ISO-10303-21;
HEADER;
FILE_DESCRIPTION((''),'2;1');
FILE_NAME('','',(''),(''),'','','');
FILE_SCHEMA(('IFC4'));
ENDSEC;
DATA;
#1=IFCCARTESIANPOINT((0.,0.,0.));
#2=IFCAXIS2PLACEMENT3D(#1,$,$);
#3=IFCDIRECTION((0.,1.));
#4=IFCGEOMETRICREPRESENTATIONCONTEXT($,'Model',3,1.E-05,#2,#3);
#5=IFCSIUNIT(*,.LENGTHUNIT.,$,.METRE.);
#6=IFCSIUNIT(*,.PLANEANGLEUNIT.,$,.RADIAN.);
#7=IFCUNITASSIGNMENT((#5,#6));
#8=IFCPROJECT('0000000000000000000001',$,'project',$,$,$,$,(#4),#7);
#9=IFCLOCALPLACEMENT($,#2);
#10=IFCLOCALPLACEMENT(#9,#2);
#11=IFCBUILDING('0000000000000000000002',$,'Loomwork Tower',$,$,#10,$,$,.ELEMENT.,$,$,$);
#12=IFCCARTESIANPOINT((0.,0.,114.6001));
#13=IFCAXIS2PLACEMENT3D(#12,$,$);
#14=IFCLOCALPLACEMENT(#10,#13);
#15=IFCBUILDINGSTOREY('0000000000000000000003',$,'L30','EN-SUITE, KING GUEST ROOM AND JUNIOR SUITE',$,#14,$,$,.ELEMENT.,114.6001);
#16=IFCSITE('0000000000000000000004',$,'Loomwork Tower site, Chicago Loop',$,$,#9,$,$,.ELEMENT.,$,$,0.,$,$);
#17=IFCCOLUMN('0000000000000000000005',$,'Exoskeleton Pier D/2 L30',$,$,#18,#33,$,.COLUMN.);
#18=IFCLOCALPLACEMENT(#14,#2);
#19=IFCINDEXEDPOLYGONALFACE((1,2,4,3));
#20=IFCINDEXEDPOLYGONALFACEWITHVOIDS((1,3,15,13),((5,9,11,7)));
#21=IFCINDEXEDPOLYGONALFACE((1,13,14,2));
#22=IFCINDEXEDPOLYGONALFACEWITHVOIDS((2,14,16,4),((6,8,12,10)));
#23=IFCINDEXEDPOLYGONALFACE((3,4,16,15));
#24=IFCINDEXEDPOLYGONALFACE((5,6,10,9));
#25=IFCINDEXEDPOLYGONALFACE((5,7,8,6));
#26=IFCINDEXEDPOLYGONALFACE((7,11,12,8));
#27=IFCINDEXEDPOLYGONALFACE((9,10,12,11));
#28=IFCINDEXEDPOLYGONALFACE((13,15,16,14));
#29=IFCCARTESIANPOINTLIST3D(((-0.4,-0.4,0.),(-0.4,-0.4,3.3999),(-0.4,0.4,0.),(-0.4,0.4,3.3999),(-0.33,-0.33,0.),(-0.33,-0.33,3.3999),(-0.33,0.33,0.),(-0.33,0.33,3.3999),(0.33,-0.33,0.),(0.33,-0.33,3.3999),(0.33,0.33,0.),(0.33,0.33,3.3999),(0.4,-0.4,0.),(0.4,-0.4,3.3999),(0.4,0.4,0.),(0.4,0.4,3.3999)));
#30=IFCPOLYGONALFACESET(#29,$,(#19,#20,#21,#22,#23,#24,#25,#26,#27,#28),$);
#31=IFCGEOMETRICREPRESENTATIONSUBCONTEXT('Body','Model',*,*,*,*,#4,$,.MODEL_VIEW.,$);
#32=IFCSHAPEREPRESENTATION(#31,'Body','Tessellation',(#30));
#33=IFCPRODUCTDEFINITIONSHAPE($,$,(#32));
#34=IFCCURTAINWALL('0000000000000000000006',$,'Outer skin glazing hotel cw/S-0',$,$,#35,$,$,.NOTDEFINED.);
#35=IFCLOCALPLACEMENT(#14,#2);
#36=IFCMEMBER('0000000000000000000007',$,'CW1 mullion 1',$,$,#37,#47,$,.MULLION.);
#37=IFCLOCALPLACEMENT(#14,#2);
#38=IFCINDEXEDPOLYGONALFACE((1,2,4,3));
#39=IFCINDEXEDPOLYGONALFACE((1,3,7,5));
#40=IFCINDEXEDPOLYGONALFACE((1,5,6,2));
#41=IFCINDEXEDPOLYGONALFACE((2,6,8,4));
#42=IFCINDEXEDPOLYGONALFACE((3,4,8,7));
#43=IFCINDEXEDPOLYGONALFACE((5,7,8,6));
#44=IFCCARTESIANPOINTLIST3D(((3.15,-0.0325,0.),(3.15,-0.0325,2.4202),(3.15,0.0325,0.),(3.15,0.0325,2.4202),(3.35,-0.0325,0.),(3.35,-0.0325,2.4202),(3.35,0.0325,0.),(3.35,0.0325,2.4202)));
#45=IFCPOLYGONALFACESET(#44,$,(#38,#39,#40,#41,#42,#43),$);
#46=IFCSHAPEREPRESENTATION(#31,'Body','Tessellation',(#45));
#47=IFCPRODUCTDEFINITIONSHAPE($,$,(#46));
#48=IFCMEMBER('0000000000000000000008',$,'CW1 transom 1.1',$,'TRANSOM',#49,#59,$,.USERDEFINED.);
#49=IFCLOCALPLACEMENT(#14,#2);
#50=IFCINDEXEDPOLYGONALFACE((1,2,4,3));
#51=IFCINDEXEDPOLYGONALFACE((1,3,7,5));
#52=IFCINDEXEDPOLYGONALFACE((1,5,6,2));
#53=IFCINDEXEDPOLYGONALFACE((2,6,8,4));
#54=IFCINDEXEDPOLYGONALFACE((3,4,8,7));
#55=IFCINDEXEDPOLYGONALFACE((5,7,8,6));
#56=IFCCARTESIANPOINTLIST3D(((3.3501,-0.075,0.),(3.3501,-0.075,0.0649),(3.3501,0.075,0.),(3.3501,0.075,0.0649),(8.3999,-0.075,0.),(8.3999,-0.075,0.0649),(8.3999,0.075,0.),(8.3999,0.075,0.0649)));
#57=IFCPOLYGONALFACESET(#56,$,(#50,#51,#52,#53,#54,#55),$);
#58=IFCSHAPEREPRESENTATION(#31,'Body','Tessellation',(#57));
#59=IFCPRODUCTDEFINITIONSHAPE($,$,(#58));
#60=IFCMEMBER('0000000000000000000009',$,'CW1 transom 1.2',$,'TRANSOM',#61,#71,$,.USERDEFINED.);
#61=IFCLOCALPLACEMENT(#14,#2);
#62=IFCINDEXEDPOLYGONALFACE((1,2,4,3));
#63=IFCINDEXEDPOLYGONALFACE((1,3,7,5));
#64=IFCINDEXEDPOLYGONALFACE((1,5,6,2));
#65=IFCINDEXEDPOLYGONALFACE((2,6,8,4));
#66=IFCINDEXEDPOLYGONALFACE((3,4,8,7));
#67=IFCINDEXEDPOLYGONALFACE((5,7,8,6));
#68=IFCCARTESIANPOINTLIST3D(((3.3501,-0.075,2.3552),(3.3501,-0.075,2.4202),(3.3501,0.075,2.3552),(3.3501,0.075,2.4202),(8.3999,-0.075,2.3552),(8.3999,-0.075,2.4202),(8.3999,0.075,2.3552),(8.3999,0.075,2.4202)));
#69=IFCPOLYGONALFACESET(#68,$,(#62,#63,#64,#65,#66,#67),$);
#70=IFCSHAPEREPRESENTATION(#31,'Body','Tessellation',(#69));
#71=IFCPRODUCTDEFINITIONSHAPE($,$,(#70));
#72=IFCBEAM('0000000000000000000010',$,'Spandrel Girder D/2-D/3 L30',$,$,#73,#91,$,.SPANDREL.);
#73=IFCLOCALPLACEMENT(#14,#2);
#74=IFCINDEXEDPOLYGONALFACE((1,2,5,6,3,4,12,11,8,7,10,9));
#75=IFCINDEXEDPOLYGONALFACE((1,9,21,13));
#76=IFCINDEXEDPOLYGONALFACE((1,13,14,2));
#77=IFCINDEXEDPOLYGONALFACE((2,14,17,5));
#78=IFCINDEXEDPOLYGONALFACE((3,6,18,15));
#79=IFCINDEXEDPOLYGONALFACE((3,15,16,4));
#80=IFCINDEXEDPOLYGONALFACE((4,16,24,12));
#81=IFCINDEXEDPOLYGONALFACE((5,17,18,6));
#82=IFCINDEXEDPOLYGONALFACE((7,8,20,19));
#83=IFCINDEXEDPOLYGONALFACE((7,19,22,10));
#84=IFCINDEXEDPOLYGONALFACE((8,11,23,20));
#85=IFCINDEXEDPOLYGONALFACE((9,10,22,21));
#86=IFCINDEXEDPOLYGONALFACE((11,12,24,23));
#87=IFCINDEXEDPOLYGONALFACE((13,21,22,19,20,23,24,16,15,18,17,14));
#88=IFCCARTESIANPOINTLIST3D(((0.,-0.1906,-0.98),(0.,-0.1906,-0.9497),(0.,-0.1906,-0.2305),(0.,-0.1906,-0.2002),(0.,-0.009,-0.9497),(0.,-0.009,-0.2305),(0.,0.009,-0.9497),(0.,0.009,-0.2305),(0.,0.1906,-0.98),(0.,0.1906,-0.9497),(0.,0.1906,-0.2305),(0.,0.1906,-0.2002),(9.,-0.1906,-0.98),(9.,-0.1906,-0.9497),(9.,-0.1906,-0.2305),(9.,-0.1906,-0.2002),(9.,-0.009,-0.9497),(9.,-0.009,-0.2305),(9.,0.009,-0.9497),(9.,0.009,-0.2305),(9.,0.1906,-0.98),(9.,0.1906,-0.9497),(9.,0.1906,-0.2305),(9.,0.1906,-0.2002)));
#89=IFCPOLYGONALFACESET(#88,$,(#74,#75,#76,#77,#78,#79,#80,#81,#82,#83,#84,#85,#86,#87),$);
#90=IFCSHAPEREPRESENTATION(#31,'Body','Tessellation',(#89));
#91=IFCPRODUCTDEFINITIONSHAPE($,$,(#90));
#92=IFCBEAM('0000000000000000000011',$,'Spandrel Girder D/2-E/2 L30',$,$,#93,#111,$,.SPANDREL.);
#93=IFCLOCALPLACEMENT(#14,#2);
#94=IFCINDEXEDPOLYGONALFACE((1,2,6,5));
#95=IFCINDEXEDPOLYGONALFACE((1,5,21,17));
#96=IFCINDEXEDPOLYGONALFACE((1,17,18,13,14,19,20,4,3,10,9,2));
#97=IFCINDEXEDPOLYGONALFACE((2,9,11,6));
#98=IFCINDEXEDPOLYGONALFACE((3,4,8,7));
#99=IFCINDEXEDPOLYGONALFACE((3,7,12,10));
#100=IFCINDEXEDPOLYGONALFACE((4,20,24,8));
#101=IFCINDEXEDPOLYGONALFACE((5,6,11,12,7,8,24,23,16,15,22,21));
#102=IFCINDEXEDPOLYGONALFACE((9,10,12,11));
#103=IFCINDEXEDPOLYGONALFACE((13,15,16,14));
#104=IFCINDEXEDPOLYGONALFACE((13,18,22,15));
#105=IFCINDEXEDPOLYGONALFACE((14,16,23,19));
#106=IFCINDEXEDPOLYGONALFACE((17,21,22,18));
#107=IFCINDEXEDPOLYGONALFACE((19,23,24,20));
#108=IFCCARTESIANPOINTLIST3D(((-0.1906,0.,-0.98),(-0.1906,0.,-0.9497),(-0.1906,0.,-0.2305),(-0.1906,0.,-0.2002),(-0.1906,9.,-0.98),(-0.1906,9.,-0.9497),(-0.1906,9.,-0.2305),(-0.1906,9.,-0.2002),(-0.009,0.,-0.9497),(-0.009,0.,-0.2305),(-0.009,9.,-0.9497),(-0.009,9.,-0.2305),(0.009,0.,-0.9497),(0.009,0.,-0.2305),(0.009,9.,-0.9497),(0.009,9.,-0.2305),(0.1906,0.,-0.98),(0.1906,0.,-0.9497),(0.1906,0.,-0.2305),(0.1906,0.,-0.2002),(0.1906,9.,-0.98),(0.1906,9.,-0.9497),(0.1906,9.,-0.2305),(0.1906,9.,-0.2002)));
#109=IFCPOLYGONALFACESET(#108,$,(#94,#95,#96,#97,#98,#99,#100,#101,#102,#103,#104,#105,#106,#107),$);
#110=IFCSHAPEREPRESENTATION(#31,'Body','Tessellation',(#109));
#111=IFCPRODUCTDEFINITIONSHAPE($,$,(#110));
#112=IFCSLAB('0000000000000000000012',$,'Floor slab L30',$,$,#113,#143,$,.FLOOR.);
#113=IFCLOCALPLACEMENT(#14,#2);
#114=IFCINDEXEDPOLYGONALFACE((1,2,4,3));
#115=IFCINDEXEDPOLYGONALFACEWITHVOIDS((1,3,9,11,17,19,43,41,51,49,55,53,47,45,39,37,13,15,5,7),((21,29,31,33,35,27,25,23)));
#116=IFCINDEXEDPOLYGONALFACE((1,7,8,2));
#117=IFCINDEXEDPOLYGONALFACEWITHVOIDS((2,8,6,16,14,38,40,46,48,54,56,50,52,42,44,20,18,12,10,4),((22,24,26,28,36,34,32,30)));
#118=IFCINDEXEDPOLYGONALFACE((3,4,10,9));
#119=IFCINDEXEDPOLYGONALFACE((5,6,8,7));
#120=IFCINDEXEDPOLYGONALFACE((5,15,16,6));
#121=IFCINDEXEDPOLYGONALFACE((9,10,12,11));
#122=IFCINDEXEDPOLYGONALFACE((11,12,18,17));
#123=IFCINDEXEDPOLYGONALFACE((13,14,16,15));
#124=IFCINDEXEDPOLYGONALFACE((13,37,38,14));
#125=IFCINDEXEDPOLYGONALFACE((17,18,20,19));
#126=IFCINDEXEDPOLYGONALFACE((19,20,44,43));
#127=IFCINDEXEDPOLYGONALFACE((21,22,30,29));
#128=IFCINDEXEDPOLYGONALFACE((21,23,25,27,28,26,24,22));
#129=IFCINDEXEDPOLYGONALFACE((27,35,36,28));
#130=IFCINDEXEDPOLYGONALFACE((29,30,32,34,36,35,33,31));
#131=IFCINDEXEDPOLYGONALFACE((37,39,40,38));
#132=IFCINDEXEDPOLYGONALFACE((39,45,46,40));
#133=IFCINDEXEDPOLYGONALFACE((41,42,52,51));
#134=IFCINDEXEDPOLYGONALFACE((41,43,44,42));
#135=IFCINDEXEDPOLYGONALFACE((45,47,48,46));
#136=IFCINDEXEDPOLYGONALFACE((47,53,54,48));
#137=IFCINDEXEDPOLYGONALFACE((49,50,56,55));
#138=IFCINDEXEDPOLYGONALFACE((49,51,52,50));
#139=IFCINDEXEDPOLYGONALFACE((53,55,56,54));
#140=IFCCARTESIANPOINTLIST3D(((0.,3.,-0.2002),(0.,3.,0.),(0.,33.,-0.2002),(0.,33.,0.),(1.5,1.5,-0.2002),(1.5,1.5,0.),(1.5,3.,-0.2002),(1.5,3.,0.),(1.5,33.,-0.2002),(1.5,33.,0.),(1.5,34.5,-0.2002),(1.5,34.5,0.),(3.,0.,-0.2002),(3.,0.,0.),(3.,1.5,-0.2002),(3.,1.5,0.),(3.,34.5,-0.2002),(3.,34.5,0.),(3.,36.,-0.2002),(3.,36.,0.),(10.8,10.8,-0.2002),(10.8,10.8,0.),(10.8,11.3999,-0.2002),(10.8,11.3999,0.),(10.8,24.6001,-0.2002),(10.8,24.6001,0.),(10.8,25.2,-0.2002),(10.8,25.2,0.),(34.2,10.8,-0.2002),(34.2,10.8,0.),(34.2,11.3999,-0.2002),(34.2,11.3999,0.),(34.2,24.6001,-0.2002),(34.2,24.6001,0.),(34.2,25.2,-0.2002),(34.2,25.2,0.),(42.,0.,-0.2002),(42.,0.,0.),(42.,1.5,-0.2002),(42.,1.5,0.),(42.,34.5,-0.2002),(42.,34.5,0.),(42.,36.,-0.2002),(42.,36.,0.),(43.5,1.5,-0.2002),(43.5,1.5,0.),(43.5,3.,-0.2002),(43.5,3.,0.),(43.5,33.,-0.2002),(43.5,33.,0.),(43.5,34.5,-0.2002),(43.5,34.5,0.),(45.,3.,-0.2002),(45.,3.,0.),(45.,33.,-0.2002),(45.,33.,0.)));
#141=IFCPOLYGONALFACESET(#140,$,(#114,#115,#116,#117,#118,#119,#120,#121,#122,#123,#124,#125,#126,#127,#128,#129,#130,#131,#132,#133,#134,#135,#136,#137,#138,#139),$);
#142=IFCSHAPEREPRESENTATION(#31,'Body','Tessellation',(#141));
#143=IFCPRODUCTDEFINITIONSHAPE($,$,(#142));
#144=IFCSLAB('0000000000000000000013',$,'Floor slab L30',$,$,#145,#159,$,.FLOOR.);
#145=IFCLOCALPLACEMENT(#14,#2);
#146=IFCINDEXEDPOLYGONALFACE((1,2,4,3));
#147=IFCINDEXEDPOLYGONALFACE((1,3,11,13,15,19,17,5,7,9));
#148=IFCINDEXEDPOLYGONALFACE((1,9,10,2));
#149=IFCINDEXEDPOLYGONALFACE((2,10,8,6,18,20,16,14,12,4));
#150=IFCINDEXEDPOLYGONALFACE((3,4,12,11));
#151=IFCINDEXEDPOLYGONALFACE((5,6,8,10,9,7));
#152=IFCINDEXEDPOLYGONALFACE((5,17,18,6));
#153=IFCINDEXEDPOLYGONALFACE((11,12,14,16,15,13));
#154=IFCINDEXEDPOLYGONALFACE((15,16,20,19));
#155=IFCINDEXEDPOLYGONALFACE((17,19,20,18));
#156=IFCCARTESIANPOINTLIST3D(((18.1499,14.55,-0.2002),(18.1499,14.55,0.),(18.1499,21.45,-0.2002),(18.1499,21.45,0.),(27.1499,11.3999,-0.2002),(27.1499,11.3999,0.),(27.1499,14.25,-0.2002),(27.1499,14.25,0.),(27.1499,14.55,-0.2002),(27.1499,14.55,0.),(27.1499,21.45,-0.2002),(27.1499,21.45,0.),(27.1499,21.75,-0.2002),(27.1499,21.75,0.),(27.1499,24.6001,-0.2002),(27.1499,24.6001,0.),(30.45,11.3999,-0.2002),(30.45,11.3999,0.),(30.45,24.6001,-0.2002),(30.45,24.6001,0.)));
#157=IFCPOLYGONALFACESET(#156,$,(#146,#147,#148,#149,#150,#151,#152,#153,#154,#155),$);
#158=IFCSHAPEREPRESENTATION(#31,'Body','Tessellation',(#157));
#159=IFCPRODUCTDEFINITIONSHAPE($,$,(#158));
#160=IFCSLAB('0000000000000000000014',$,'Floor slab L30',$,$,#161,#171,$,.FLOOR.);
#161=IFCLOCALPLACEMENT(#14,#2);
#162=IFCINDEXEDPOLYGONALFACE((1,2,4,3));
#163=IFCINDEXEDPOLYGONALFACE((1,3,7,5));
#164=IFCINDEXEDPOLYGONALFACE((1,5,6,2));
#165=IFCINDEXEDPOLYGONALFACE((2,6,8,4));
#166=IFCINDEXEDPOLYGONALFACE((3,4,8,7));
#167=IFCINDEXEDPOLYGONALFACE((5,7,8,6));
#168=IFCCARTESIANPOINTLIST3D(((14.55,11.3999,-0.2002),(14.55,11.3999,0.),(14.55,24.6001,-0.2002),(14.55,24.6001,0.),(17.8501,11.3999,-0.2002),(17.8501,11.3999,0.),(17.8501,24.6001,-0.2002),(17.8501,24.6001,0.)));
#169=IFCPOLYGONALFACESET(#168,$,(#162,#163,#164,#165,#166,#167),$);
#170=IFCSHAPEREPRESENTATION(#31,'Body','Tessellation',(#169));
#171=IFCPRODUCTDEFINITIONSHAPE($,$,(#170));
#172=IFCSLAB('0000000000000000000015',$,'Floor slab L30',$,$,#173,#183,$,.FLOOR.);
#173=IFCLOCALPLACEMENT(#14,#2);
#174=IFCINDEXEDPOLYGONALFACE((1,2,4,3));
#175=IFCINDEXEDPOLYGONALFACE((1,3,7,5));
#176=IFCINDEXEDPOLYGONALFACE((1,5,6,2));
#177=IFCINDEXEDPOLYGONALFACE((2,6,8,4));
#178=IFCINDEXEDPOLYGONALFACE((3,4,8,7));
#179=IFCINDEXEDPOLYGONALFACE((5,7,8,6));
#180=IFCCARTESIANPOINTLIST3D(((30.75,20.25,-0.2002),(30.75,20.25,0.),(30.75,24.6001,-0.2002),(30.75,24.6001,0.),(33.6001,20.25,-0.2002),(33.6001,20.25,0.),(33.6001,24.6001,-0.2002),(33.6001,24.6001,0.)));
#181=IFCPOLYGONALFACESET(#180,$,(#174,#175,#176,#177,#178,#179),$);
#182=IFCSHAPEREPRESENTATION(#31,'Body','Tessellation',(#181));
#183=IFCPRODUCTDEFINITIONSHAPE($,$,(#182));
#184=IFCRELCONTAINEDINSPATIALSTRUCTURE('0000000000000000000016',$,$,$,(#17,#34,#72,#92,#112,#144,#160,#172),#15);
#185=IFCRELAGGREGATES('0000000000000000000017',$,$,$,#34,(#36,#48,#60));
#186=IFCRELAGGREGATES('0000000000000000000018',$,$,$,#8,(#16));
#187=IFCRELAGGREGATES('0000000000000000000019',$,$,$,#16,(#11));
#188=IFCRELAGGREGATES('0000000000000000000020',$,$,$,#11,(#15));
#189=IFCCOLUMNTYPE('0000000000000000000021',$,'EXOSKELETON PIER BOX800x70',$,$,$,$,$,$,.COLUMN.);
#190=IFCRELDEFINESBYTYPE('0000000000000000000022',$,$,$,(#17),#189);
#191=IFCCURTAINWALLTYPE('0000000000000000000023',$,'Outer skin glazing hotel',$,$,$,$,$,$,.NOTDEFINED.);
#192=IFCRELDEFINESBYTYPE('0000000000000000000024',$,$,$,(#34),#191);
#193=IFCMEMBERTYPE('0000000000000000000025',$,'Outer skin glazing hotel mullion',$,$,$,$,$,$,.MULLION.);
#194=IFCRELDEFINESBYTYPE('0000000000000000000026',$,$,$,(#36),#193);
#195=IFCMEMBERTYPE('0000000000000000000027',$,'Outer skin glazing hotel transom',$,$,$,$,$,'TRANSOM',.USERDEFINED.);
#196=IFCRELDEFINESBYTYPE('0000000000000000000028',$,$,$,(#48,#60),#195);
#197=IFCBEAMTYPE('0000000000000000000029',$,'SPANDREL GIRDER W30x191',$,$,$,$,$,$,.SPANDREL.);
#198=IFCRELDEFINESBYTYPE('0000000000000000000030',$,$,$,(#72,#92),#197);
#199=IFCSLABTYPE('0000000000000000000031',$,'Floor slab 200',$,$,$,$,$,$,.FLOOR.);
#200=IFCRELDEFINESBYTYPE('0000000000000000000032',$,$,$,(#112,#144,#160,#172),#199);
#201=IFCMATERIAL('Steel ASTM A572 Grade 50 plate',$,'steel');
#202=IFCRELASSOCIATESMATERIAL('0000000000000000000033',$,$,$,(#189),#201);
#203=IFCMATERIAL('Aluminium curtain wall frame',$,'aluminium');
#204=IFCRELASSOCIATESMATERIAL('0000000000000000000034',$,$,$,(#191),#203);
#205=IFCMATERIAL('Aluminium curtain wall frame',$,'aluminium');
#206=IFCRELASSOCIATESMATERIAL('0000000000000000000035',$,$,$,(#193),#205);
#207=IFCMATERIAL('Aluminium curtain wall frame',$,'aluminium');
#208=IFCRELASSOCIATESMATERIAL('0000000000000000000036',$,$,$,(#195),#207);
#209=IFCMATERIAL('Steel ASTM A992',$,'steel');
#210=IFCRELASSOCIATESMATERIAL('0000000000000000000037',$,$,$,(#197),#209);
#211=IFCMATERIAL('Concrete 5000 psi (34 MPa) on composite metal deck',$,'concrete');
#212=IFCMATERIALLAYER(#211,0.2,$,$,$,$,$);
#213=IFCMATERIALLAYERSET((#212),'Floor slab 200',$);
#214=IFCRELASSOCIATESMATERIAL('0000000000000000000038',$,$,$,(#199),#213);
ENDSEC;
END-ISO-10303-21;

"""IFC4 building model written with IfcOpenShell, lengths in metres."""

from ifc_helpers import new_model, si_unit, direction, frame, origin, origin_with_axes, origin_2d, place, context, subcontext, project, spatial, polyline, rectangle, hollow_rectangle, i_section, outline, extrude, material, layer, layer_set, material_profile, profile_set, type_object, element, aggregate, save


model = new_model("IFC4")

# Units and contexts
model_context = context("Model", 3, precision=1e-05, world=origin(), true_north=direction((0.0, 1.0)))
body_context = subcontext(model_context, "Body", "Model", "MODEL_VIEW")
ifc_project = project(units=[si_unit("LENGTHUNIT", "METRE"), si_unit("PLANEANGLEUNIT", "RADIAN")], contexts=[model_context])

# Site, building, storey
site_placement = place(None, origin())
site = spatial("IfcSite", under=ifc_project, at=site_placement, Name="Loomwork Tower site, Chicago Loop", CompositionType="ELEMENT", RefElevation=0.0)
building_placement = place(site_placement, origin())
building = spatial("IfcBuilding", under=site, at=building_placement, Name="Loomwork Tower", CompositionType="ELEMENT")
storey_placement = place(building_placement, frame((0.0, 0.0, 114.6001)))
storey = spatial("IfcBuildingStorey", under=building, at=storey_placement, Name="L30", Description="EN-SUITE, KING GUEST ROOM AND JUNIOR SUITE", CompositionType="ELEMENT", Elevation=114.6001)

# Column
ifc_material_1 = material(Name="Steel ASTM A572 Grade 50 plate", Category="steel")
ifc_material_profile_1 = material_profile(ifc_material_1, hollow_rectangle(XDim=0.8, YDim=0.8, WallThickness=0.0701, at=origin_2d()), Name="BOX800x70")
ifc_profile_set_1 = profile_set([ifc_material_profile_1], Name="Steel ASTM A572 Grade 50 plate")
column_type = type_object("IfcColumnType", Name="EXOSKELETON PIER BOX800x70", PredefinedType="COLUMN", material=ifc_profile_set_1)
column_placement = place(storey_placement, origin_with_axes())
element("IfcColumn", 1, at=column_placement, inside=storey, type_object=column_type, Name="Exoskeleton Pier D/2 L30", PredefinedType="COLUMN", context=body_context, shape_type="SweptSolid", body=[
    extrude(hollow_rectangle(XDim=0.8, YDim=0.8, WallThickness=0.0701, at=origin_2d()), origin(), (0.0, 0.0, 1.0), 3.3999),
])

# Curtain wall, members
ifc_material_2 = material(Name="Aluminium curtain wall frame", Category="aluminium")
curtain_wall_type = type_object("IfcCurtainWallType", Name="Outer skin glazing hotel", PredefinedType="NOTDEFINED", material=ifc_material_2)
curtain_wall_placement = place(storey_placement, origin())
curtain_wall = element("IfcCurtainWall", 2, at=curtain_wall_placement, inside=storey, type_object=curtain_wall_type, Name="Outer skin glazing hotel cw/S-0", PredefinedType="NOTDEFINED")
ifc_material_3 = material(Name="Aluminium curtain wall frame", Category="aluminium")
ifc_material_profile_2 = material_profile(ifc_material_3, rectangle(XDim=0.0649, YDim=0.2, at=origin_2d()), Name="AL 65x200")
ifc_profile_set_2 = profile_set([ifc_material_profile_2], Name="Aluminium curtain wall frame")
member_type_1 = type_object("IfcMemberType", Name="Outer skin glazing hotel mullion", PredefinedType="MULLION", material=ifc_profile_set_2)
member_1_placement = place(storey_placement, frame((3.25, 0.0, 0.0), z_axis=(0.0, 0.0, 1.0), x_axis=(0.0, 1.0, 0.0)))
member_1 = element("IfcMember", 3, at=member_1_placement, type_object=member_type_1, Name="CW1 mullion 1", PredefinedType="MULLION", context=body_context, shape_type="SweptSolid", body=[
    extrude(rectangle(XDim=0.0649, YDim=0.2, at=origin_2d()), origin(), (0.0, 0.0, 1.0), 2.4202),
])
ifc_material_4 = material(Name="Aluminium curtain wall frame", Category="aluminium")
ifc_material_profile_3 = material_profile(ifc_material_4, rectangle(XDim=0.1499, YDim=0.0649, at=origin_2d()), Name="AL 65x150")
ifc_profile_set_3 = profile_set([ifc_material_profile_3], Name="Aluminium curtain wall frame")
member_type_2 = type_object("IfcMemberType", Name="Outer skin glazing hotel transom", ElementType="TRANSOM", PredefinedType="USERDEFINED", material=ifc_profile_set_3)
member_2_placement = place(storey_placement, frame((3.3501, 0.0, 0.0325), z_axis=(1.0, 0.0, 0.0), x_axis=(0.0, 1.0, 0.0)))
member_2 = element("IfcMember", 4, at=member_2_placement, type_object=member_type_2, Name="CW1 transom 1.1", ObjectType="TRANSOM", PredefinedType="USERDEFINED", context=body_context, shape_type="SweptSolid", body=[
    extrude(rectangle(XDim=0.1499, YDim=0.0649, at=origin_2d()), origin(), (0.0, 0.0, 1.0), 5.0498),
])
member_3_placement = place(storey_placement, frame((3.3501, 0.0, 2.3877), z_axis=(1.0, 0.0, 0.0), x_axis=(0.0, 1.0, 0.0)))
member_3 = element("IfcMember", 5, at=member_3_placement, type_object=member_type_2, Name="CW1 transom 1.2", ObjectType="TRANSOM", PredefinedType="USERDEFINED", context=body_context, shape_type="SweptSolid", body=[
    extrude(rectangle(XDim=0.1499, YDim=0.0649, at=origin_2d()), origin(), (0.0, 0.0, 1.0), 5.0498),
])

# Beams
ifc_material_5 = material(Name="Steel ASTM A992", Category="steel")
ifc_material_profile_4 = material_profile(ifc_material_5, i_section(OverallWidth=0.3811, OverallDepth=0.7798, WebThickness=0.0181, FlangeThickness=0.0303, at=origin_2d()), Name="W30x191")
ifc_profile_set_4 = profile_set([ifc_material_profile_4], Name="Steel ASTM A992")
beam_type = type_object("IfcBeamType", Name="SPANDREL GIRDER W30x191", PredefinedType="SPANDREL", material=ifc_profile_set_4)
for number, where, z_axis, x_axis, name in (
    (6, (0.0, 0.0, -0.5901), (1.0, 0.0, 0.0), (0.0, 1.0, 0.0), "Spandrel Girder D/2-D/3 L30"),
    (7, (0.0, 0.0, -0.5901), (0.0, 1.0, 0.0), (-1.0, 0.0, 0.0), "Spandrel Girder D/2-E/2 L30"),
):
    element("IfcBeam", number, at=place(storey_placement, frame(where, z_axis=z_axis, x_axis=x_axis)), inside=storey, type_object=beam_type, Name=name, PredefinedType="SPANDREL", context=body_context, shape_type="SweptSolid", body=[
        extrude(i_section(OverallWidth=0.3811, OverallDepth=0.7798, WebThickness=0.0181, FlangeThickness=0.0303, at=origin_2d()), origin(), (0.0, 0.0, 1.0), 9.0),
    ])

# Slabs
ifc_material_6 = material(Name="Concrete 5000 psi (34 MPa) on composite metal deck", Category="concrete")
ifc_layer_1 = layer(ifc_material_6, 0.2)
ifc_layer_set_1 = layer_set([ifc_layer_1], Name="Floor slab 200")
slab_type_1 = type_object("IfcSlabType", Name="Floor slab 200", PredefinedType="FLOOR", material=ifc_layer_set_1)
slab_1_placement = place(storey_placement, frame((0.0, 0.0, -0.2002)))
element("IfcSlab", 8, at=slab_1_placement, inside=storey, type_object=slab_type_1, Name="Floor slab L30", PredefinedType="FLOOR", context=body_context, shape_type="SweptSolid", body=[
    extrude(outline(polyline([(3.0, 1.5), (1.5, 1.5), (1.5, 3.0), (0.0, 3.0), (0.0, 33.0), (1.5, 33.0), (1.5, 34.5), (3.0, 34.5), (3.0, 36.0), (42.0, 36.0), (42.0, 34.5), (43.5, 34.5), (43.5, 33.0), (45.0, 33.0), (45.0, 3.0), (43.5, 3.0), (43.5, 1.5), (42.0, 1.5), (42.0, 0.0), (3.0, 0.0), (3.0, 1.5)]), holes=[polyline([(10.8, 11.3999), (10.8, 11.3999), (10.8, 10.8), (34.2, 10.8), (34.2, 11.3999), (34.2, 11.3999), (34.2, 24.6001), (34.2, 25.2), (10.8, 25.2), (10.8, 24.6001), (10.8, 11.3999)])]), origin(), (0.0, 0.0, 1.0), 0.2002),
])
slab_2_placement = place(storey_placement, frame((0.0, 0.0, -0.2002)))
element("IfcSlab", 9, at=slab_2_placement, inside=storey, type_object=slab_type_1, Name="Floor slab L30", PredefinedType="FLOOR", context=body_context, shape_type="SweptSolid", body=[
    extrude(outline(polyline([(30.45, 24.6001), (30.45, 11.3999), (27.1499, 11.3999), (27.1499, 14.25), (27.1499, 14.55), (18.1499, 14.55), (18.1499, 21.45), (27.1499, 21.45), (27.1499, 21.75), (27.1499, 24.6001), (30.45, 24.6001)])), origin(), (0.0, 0.0, 1.0), 0.2002),
])
slab_3_placement = place(storey_placement, frame((0.0, 0.0, -0.2002)))
element("IfcSlab", 10, at=slab_3_placement, inside=storey, type_object=slab_type_1, Name="Floor slab L30", PredefinedType="FLOOR", context=body_context, shape_type="SweptSolid", body=[
    extrude(outline(polyline([(14.55, 11.3999), (14.55, 24.6001), (17.8501, 24.6001), (17.8501, 11.3999), (14.55, 11.3999)])), origin(), (0.0, 0.0, 1.0), 0.2002),
])
slab_4_placement = place(storey_placement, frame((0.0, 0.0, -0.2002)))
element("IfcSlab", 11, at=slab_4_placement, inside=storey, type_object=slab_type_1, Name="Floor slab L30", PredefinedType="FLOOR", context=body_context, shape_type="SweptSolid", body=[
    extrude(outline(polyline([(33.6001, 20.25), (30.75, 20.25), (30.75, 24.6001), (33.6001, 24.6001), (33.6001, 20.25)])), origin(), (0.0, 0.0, 1.0), 0.2002),
])

aggregate(curtain_wall, [member_1, member_2, member_3])

save(model, "model.ifc")
